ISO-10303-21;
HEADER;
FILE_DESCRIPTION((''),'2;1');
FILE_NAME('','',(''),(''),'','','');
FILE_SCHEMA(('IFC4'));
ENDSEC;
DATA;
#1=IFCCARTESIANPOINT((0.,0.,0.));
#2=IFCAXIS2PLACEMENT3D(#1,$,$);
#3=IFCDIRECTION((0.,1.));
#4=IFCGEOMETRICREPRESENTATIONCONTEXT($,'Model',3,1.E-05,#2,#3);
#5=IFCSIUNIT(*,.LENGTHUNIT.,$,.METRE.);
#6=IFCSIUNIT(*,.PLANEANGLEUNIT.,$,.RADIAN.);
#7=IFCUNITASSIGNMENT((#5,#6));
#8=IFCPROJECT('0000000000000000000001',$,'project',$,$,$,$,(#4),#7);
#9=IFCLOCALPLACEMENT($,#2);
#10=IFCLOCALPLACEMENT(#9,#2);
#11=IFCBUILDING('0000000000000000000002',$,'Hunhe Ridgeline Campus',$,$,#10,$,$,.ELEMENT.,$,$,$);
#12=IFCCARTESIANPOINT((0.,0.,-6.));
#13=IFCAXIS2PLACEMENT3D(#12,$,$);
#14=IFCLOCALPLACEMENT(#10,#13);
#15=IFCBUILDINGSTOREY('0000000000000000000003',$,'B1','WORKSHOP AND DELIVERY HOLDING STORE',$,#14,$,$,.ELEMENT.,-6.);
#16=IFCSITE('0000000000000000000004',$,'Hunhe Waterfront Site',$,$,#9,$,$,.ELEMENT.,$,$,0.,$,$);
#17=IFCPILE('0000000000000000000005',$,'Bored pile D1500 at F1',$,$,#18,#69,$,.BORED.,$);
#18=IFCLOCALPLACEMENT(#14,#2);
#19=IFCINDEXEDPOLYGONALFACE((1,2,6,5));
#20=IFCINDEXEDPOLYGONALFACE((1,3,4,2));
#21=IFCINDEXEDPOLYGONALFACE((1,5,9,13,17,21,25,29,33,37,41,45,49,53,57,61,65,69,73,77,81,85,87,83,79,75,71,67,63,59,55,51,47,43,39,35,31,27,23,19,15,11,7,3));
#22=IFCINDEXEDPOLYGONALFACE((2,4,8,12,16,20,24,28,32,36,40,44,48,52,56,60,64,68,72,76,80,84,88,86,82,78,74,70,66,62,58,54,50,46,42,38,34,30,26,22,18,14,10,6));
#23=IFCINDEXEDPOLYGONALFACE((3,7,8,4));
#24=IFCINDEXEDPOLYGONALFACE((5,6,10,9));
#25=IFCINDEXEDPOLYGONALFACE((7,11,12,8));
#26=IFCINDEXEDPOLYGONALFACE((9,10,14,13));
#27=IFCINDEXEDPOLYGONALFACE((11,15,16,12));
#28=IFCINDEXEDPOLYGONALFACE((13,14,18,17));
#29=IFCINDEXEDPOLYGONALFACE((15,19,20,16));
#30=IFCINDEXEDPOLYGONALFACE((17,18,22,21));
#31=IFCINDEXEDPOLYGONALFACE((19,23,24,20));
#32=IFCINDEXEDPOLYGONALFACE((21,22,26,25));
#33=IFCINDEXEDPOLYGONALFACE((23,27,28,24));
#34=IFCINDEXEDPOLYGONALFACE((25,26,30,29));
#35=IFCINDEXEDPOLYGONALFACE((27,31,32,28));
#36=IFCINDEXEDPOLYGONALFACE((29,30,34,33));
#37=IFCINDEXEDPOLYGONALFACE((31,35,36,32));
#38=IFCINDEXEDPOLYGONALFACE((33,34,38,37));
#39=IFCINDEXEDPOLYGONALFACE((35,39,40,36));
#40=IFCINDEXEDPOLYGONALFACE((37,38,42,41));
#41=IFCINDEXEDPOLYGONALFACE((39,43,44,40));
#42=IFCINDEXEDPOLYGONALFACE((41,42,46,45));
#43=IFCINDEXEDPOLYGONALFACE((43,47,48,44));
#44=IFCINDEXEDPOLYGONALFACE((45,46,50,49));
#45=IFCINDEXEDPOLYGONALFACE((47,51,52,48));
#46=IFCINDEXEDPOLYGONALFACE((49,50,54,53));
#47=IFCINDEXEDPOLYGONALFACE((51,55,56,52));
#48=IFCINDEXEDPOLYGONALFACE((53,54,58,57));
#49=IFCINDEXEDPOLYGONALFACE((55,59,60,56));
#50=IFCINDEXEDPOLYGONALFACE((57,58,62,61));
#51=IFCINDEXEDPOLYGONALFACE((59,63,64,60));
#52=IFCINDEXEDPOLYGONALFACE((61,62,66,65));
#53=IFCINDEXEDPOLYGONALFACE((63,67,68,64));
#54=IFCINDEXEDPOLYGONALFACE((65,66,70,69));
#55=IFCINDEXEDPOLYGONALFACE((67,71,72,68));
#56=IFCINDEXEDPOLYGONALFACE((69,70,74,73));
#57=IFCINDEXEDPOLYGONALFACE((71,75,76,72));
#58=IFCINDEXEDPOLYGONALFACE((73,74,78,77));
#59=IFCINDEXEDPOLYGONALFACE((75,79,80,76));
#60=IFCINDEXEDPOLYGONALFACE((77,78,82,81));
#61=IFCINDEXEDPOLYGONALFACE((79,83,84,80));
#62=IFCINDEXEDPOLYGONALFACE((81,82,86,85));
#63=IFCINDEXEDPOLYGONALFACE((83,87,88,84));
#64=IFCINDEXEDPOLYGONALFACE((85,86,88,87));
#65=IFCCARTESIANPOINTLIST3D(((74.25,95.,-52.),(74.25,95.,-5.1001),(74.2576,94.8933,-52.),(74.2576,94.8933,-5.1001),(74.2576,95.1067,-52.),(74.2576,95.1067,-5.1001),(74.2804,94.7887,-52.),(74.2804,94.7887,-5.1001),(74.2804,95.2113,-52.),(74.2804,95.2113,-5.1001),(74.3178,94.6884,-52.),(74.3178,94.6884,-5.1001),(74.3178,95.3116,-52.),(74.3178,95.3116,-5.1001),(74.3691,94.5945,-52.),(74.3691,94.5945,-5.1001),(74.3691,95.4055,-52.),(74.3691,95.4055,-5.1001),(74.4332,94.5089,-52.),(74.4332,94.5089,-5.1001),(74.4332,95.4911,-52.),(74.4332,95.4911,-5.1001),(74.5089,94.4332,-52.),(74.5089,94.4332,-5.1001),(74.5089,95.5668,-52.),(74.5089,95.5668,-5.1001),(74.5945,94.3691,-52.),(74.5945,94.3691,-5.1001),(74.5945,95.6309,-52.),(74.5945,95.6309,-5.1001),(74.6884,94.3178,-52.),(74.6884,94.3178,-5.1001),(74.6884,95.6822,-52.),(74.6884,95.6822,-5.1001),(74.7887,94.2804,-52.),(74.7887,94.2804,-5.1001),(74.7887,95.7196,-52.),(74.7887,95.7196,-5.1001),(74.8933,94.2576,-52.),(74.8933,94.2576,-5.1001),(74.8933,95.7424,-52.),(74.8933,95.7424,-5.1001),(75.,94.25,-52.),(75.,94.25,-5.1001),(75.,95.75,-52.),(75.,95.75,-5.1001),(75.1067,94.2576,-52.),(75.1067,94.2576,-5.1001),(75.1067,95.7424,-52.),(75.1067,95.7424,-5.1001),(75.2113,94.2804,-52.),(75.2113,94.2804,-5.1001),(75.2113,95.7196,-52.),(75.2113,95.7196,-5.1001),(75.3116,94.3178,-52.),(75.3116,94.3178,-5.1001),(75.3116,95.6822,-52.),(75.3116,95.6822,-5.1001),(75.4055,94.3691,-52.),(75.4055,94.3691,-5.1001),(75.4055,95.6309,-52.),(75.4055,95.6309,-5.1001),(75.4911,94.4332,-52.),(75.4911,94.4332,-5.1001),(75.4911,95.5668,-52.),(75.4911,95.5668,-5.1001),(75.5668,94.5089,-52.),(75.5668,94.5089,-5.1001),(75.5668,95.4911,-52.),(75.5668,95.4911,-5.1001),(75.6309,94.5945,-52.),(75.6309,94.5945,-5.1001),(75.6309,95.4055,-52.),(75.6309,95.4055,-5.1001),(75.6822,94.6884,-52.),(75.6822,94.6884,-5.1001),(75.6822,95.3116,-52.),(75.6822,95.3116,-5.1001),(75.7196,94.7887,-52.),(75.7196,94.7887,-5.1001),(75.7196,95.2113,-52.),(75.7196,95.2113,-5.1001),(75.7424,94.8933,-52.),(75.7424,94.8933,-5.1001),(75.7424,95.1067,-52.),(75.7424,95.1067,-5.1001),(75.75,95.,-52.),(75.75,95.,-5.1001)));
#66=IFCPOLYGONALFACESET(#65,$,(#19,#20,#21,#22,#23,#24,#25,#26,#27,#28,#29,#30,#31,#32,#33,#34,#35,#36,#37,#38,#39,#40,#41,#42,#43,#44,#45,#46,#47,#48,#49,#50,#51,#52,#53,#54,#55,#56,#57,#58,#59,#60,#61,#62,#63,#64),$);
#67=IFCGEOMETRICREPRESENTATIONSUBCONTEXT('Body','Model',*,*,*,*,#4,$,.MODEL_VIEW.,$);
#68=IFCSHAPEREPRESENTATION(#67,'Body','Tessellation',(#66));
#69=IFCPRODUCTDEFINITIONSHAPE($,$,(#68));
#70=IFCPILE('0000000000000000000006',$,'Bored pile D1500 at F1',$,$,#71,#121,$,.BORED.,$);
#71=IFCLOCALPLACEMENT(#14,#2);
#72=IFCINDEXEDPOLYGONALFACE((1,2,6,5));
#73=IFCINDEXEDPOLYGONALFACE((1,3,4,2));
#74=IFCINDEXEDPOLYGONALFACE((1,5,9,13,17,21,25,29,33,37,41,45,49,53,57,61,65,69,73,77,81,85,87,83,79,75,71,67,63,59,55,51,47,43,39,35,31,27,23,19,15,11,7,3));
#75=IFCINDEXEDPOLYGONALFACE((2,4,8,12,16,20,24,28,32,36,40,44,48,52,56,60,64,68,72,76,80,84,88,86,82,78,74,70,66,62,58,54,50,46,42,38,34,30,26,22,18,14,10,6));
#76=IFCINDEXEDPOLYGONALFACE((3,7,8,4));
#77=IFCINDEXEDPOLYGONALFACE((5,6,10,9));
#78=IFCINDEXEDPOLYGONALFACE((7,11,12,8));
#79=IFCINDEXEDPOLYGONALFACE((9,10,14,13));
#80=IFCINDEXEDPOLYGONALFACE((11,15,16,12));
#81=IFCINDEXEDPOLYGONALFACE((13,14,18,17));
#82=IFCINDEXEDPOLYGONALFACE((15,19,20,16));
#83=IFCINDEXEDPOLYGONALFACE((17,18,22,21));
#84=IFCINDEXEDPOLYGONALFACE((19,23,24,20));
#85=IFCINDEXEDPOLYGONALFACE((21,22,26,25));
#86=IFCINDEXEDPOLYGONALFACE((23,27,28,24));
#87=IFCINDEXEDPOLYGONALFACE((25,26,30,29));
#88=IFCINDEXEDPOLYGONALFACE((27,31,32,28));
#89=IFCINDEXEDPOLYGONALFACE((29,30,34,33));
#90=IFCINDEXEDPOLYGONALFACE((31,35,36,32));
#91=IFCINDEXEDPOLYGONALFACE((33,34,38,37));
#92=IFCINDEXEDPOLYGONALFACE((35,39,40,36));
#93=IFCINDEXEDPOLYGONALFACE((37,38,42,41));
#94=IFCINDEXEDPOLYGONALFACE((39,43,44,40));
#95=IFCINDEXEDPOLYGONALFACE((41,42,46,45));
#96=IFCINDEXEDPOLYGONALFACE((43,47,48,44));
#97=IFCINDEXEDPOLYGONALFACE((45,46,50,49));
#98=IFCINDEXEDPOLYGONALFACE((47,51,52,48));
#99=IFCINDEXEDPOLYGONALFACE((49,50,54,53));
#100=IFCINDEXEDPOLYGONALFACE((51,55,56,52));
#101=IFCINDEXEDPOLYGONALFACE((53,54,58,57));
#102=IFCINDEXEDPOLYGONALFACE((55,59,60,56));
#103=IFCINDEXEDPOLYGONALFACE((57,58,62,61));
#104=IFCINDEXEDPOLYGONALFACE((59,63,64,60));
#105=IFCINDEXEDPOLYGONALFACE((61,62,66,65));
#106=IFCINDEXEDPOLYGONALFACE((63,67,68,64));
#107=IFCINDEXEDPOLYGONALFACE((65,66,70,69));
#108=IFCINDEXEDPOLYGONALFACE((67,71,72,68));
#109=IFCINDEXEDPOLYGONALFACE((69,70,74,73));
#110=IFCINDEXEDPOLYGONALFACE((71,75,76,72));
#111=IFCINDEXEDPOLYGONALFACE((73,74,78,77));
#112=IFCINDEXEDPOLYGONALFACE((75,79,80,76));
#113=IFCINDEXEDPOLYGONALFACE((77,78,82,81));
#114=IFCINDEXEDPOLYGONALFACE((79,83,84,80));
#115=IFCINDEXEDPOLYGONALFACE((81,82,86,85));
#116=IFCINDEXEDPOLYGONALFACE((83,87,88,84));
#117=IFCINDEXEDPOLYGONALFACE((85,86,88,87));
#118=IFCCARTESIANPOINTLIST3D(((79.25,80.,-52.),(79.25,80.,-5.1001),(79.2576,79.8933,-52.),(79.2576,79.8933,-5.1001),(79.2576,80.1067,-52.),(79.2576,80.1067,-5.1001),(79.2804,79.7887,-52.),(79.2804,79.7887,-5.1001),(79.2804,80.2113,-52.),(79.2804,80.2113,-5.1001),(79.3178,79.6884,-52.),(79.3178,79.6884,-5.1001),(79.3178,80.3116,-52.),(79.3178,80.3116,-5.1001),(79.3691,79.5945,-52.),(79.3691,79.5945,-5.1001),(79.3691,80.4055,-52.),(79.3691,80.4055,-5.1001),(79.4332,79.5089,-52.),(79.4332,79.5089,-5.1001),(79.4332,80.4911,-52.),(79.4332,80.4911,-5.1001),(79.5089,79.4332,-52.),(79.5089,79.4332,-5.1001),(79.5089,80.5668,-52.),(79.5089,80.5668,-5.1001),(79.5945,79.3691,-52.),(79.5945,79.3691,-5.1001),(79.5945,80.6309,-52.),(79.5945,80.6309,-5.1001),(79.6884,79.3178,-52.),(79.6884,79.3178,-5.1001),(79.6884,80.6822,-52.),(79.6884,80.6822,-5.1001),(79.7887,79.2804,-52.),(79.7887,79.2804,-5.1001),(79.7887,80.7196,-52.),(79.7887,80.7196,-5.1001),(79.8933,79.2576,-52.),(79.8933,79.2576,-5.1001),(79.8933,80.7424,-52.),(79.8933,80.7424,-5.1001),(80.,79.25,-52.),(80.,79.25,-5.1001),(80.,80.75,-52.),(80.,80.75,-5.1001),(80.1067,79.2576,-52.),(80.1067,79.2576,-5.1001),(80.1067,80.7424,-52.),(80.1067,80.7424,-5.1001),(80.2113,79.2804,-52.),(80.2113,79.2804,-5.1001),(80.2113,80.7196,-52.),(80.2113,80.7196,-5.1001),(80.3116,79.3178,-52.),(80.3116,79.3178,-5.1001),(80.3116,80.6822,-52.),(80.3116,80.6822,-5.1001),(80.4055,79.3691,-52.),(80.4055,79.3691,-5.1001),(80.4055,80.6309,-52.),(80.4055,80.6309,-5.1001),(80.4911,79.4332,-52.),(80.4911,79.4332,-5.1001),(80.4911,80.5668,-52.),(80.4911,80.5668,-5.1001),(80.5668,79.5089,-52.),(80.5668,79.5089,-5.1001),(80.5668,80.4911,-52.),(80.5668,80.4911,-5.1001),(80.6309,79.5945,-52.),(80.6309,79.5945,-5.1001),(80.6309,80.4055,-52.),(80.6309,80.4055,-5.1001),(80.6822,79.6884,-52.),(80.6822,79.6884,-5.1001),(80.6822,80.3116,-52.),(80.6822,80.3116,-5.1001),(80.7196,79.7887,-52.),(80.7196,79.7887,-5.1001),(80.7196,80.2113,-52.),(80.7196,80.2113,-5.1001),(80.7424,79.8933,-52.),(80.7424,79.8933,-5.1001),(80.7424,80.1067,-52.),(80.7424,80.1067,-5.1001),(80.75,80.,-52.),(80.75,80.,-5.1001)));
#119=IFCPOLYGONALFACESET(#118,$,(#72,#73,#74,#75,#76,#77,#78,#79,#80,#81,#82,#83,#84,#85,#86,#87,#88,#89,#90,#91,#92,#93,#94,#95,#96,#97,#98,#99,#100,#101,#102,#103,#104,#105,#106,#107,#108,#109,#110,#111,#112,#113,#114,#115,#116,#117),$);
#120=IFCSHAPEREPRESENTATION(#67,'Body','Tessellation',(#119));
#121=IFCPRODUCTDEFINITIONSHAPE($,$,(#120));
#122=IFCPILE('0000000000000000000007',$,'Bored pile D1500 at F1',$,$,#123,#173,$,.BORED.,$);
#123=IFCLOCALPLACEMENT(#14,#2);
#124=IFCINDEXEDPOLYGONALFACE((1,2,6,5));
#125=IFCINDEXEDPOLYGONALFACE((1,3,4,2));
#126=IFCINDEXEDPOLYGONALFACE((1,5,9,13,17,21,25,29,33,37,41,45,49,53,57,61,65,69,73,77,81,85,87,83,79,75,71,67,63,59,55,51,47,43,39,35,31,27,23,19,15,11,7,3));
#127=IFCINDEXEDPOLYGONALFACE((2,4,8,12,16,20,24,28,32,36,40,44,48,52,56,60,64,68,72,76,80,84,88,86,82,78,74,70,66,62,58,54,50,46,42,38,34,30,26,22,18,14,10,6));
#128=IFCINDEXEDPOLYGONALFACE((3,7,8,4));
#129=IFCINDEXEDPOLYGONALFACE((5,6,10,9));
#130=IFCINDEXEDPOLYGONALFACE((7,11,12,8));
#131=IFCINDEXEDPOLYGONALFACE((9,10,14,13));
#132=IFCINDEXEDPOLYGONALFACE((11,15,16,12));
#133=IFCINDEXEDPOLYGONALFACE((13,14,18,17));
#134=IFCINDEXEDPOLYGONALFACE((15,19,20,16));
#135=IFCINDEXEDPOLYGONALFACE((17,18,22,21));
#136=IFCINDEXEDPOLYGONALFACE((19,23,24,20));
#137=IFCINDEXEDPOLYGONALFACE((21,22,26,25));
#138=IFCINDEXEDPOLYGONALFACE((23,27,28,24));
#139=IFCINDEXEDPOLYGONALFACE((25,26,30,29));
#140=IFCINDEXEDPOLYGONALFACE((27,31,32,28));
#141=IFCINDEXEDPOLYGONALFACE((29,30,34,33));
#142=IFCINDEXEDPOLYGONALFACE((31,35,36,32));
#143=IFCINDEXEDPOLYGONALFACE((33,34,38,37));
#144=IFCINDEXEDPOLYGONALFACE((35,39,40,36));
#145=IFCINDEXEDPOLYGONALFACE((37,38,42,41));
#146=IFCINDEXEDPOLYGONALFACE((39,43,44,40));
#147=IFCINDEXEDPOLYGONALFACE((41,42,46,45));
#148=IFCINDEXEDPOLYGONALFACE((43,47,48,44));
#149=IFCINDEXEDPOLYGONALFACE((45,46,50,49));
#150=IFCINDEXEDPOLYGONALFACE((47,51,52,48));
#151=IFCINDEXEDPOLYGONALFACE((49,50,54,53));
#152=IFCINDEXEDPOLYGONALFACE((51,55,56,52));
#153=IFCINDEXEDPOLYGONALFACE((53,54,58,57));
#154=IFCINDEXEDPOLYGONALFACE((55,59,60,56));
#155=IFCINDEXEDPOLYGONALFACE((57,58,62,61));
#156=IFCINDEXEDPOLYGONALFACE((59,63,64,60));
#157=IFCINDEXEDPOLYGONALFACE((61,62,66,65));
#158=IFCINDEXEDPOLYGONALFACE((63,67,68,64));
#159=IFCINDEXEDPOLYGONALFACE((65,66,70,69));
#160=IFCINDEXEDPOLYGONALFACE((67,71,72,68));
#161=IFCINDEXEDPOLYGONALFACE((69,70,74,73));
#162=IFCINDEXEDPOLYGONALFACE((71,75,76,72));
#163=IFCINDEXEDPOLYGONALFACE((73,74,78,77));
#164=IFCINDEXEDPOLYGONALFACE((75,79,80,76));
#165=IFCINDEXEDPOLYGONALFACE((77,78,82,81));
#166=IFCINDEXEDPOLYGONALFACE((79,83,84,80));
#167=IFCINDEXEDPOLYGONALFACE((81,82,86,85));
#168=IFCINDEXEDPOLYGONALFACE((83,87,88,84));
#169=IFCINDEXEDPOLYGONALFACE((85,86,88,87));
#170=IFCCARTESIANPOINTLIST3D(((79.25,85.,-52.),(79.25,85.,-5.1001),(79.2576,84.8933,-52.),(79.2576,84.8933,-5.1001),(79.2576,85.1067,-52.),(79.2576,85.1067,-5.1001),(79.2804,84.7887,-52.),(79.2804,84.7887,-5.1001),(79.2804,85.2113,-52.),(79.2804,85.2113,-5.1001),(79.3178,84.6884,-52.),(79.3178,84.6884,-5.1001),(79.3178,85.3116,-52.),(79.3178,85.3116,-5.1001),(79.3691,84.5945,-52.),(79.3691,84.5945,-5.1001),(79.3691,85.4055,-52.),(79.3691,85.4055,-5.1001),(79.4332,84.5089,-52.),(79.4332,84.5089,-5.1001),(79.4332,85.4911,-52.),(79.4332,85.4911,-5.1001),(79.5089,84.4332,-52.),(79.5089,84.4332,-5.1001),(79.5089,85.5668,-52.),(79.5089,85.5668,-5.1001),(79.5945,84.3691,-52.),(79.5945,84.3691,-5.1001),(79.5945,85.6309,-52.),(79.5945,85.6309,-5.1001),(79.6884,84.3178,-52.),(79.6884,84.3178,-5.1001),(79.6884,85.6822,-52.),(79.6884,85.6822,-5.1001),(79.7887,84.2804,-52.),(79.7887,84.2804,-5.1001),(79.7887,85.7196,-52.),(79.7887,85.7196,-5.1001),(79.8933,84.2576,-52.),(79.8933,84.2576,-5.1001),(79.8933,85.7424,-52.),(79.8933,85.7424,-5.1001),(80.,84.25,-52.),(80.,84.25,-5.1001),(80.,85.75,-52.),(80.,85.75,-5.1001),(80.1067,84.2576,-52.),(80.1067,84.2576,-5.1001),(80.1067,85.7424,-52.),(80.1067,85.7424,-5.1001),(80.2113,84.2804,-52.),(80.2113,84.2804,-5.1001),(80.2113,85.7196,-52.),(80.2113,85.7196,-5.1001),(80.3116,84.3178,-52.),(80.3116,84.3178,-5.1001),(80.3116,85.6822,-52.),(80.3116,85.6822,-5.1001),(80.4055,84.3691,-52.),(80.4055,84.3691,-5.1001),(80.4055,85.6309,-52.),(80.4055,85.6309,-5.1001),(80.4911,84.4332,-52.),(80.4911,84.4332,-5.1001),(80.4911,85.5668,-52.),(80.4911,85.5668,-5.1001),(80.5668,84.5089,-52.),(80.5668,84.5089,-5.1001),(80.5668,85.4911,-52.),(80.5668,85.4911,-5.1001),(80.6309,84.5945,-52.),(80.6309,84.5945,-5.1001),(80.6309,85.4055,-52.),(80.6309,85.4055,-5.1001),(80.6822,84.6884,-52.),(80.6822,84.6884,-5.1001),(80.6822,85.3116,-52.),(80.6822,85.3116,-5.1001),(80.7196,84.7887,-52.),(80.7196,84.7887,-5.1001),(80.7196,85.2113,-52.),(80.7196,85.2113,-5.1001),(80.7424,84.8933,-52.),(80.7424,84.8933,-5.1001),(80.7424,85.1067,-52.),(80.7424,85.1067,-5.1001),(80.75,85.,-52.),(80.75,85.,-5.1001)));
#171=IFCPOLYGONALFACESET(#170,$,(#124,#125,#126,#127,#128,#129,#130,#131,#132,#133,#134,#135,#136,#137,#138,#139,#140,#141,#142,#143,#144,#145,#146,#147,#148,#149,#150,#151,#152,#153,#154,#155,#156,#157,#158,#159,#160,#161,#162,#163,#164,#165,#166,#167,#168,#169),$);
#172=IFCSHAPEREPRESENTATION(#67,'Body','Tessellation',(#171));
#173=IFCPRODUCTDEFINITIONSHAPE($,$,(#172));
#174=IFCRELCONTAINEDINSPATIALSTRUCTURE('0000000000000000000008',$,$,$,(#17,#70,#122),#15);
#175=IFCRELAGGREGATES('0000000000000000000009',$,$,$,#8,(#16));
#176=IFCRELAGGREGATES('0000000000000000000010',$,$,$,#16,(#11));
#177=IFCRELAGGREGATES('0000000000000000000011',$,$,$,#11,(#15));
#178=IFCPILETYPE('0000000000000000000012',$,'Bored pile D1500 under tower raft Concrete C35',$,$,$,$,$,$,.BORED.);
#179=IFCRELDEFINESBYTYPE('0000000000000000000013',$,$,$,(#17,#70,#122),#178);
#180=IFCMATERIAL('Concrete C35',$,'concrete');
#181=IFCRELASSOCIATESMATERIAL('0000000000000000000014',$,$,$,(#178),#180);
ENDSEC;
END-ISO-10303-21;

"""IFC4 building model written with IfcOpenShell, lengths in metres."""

from ifc_helpers import new_model, si_unit, direction, frame, origin, origin_2d, place, context, subcontext, project, spatial, circle, extrude, material, material_profile, profile_set, type_object, element, save


model = new_model("IFC4")

# Units and contexts
model_context = context("Model", 3, precision=1e-05, world=origin(), true_north=direction((0.0, 1.0)))
body_context = subcontext(model_context, "Body", "Model", "MODEL_VIEW")
ifc_project = project(units=[si_unit("LENGTHUNIT", "METRE"), si_unit("PLANEANGLEUNIT", "RADIAN")], contexts=[model_context])

# Site, building, storey
site_placement = place(None, origin())
site = spatial("IfcSite", under=ifc_project, at=site_placement, Name="Hunhe Waterfront Site", CompositionType="ELEMENT", RefElevation=0.0)
building_placement = place(site_placement, origin())
building = spatial("IfcBuilding", under=site, at=building_placement, Name="Hunhe Ridgeline Campus", CompositionType="ELEMENT")
storey_placement = place(building_placement, frame((0.0, 0.0, -6.0)))
storey = spatial("IfcBuildingStorey", under=building, at=storey_placement, Name="B1", Description="WORKSHOP AND DELIVERY HOLDING STORE", CompositionType="ELEMENT", Elevation=-6.0)

# Piles
ifc_material_1 = material(Name="Concrete C35", Category="concrete")
ifc_material_profile_1 = material_profile(ifc_material_1, circle(Radius=0.75, at=origin_2d()))
ifc_profile_set_1 = profile_set([ifc_material_profile_1], Name="Concrete C35")
pile_type = type_object("IfcPileType", Name="Bored pile D1500 under tower raft Concrete C35", PredefinedType="BORED", material=ifc_profile_set_1)
for number, where, z_axis, x_axis, name in (
    (1, (75.0, 95.0, -5.1001), (0.0, 0.0, -1.0), (1.0, 0.0, 0.0), "Bored pile D1500 at F1"),
    (2, (80.0, 80.0, -5.1001), (0.0, 0.0, -1.0), (1.0, 0.0, 0.0), "Bored pile D1500 at F1"),
    (3, (80.0, 85.0, -5.1001), (0.0, 0.0, -1.0), (1.0, 0.0, 0.0), "Bored pile D1500 at F1"),
):
    element("IfcPile", number, at=place(storey_placement, frame(where, z_axis=z_axis, x_axis=x_axis)), inside=storey, type_object=pile_type, Name=name, PredefinedType="BORED", context=body_context, shape_type="SweptSolid", body=[
        extrude(circle(Radius=0.75, at=origin_2d()), origin(), (0.0, 0.0, 1.0), 46.8999),
    ])

save(model, "model.ifc")
